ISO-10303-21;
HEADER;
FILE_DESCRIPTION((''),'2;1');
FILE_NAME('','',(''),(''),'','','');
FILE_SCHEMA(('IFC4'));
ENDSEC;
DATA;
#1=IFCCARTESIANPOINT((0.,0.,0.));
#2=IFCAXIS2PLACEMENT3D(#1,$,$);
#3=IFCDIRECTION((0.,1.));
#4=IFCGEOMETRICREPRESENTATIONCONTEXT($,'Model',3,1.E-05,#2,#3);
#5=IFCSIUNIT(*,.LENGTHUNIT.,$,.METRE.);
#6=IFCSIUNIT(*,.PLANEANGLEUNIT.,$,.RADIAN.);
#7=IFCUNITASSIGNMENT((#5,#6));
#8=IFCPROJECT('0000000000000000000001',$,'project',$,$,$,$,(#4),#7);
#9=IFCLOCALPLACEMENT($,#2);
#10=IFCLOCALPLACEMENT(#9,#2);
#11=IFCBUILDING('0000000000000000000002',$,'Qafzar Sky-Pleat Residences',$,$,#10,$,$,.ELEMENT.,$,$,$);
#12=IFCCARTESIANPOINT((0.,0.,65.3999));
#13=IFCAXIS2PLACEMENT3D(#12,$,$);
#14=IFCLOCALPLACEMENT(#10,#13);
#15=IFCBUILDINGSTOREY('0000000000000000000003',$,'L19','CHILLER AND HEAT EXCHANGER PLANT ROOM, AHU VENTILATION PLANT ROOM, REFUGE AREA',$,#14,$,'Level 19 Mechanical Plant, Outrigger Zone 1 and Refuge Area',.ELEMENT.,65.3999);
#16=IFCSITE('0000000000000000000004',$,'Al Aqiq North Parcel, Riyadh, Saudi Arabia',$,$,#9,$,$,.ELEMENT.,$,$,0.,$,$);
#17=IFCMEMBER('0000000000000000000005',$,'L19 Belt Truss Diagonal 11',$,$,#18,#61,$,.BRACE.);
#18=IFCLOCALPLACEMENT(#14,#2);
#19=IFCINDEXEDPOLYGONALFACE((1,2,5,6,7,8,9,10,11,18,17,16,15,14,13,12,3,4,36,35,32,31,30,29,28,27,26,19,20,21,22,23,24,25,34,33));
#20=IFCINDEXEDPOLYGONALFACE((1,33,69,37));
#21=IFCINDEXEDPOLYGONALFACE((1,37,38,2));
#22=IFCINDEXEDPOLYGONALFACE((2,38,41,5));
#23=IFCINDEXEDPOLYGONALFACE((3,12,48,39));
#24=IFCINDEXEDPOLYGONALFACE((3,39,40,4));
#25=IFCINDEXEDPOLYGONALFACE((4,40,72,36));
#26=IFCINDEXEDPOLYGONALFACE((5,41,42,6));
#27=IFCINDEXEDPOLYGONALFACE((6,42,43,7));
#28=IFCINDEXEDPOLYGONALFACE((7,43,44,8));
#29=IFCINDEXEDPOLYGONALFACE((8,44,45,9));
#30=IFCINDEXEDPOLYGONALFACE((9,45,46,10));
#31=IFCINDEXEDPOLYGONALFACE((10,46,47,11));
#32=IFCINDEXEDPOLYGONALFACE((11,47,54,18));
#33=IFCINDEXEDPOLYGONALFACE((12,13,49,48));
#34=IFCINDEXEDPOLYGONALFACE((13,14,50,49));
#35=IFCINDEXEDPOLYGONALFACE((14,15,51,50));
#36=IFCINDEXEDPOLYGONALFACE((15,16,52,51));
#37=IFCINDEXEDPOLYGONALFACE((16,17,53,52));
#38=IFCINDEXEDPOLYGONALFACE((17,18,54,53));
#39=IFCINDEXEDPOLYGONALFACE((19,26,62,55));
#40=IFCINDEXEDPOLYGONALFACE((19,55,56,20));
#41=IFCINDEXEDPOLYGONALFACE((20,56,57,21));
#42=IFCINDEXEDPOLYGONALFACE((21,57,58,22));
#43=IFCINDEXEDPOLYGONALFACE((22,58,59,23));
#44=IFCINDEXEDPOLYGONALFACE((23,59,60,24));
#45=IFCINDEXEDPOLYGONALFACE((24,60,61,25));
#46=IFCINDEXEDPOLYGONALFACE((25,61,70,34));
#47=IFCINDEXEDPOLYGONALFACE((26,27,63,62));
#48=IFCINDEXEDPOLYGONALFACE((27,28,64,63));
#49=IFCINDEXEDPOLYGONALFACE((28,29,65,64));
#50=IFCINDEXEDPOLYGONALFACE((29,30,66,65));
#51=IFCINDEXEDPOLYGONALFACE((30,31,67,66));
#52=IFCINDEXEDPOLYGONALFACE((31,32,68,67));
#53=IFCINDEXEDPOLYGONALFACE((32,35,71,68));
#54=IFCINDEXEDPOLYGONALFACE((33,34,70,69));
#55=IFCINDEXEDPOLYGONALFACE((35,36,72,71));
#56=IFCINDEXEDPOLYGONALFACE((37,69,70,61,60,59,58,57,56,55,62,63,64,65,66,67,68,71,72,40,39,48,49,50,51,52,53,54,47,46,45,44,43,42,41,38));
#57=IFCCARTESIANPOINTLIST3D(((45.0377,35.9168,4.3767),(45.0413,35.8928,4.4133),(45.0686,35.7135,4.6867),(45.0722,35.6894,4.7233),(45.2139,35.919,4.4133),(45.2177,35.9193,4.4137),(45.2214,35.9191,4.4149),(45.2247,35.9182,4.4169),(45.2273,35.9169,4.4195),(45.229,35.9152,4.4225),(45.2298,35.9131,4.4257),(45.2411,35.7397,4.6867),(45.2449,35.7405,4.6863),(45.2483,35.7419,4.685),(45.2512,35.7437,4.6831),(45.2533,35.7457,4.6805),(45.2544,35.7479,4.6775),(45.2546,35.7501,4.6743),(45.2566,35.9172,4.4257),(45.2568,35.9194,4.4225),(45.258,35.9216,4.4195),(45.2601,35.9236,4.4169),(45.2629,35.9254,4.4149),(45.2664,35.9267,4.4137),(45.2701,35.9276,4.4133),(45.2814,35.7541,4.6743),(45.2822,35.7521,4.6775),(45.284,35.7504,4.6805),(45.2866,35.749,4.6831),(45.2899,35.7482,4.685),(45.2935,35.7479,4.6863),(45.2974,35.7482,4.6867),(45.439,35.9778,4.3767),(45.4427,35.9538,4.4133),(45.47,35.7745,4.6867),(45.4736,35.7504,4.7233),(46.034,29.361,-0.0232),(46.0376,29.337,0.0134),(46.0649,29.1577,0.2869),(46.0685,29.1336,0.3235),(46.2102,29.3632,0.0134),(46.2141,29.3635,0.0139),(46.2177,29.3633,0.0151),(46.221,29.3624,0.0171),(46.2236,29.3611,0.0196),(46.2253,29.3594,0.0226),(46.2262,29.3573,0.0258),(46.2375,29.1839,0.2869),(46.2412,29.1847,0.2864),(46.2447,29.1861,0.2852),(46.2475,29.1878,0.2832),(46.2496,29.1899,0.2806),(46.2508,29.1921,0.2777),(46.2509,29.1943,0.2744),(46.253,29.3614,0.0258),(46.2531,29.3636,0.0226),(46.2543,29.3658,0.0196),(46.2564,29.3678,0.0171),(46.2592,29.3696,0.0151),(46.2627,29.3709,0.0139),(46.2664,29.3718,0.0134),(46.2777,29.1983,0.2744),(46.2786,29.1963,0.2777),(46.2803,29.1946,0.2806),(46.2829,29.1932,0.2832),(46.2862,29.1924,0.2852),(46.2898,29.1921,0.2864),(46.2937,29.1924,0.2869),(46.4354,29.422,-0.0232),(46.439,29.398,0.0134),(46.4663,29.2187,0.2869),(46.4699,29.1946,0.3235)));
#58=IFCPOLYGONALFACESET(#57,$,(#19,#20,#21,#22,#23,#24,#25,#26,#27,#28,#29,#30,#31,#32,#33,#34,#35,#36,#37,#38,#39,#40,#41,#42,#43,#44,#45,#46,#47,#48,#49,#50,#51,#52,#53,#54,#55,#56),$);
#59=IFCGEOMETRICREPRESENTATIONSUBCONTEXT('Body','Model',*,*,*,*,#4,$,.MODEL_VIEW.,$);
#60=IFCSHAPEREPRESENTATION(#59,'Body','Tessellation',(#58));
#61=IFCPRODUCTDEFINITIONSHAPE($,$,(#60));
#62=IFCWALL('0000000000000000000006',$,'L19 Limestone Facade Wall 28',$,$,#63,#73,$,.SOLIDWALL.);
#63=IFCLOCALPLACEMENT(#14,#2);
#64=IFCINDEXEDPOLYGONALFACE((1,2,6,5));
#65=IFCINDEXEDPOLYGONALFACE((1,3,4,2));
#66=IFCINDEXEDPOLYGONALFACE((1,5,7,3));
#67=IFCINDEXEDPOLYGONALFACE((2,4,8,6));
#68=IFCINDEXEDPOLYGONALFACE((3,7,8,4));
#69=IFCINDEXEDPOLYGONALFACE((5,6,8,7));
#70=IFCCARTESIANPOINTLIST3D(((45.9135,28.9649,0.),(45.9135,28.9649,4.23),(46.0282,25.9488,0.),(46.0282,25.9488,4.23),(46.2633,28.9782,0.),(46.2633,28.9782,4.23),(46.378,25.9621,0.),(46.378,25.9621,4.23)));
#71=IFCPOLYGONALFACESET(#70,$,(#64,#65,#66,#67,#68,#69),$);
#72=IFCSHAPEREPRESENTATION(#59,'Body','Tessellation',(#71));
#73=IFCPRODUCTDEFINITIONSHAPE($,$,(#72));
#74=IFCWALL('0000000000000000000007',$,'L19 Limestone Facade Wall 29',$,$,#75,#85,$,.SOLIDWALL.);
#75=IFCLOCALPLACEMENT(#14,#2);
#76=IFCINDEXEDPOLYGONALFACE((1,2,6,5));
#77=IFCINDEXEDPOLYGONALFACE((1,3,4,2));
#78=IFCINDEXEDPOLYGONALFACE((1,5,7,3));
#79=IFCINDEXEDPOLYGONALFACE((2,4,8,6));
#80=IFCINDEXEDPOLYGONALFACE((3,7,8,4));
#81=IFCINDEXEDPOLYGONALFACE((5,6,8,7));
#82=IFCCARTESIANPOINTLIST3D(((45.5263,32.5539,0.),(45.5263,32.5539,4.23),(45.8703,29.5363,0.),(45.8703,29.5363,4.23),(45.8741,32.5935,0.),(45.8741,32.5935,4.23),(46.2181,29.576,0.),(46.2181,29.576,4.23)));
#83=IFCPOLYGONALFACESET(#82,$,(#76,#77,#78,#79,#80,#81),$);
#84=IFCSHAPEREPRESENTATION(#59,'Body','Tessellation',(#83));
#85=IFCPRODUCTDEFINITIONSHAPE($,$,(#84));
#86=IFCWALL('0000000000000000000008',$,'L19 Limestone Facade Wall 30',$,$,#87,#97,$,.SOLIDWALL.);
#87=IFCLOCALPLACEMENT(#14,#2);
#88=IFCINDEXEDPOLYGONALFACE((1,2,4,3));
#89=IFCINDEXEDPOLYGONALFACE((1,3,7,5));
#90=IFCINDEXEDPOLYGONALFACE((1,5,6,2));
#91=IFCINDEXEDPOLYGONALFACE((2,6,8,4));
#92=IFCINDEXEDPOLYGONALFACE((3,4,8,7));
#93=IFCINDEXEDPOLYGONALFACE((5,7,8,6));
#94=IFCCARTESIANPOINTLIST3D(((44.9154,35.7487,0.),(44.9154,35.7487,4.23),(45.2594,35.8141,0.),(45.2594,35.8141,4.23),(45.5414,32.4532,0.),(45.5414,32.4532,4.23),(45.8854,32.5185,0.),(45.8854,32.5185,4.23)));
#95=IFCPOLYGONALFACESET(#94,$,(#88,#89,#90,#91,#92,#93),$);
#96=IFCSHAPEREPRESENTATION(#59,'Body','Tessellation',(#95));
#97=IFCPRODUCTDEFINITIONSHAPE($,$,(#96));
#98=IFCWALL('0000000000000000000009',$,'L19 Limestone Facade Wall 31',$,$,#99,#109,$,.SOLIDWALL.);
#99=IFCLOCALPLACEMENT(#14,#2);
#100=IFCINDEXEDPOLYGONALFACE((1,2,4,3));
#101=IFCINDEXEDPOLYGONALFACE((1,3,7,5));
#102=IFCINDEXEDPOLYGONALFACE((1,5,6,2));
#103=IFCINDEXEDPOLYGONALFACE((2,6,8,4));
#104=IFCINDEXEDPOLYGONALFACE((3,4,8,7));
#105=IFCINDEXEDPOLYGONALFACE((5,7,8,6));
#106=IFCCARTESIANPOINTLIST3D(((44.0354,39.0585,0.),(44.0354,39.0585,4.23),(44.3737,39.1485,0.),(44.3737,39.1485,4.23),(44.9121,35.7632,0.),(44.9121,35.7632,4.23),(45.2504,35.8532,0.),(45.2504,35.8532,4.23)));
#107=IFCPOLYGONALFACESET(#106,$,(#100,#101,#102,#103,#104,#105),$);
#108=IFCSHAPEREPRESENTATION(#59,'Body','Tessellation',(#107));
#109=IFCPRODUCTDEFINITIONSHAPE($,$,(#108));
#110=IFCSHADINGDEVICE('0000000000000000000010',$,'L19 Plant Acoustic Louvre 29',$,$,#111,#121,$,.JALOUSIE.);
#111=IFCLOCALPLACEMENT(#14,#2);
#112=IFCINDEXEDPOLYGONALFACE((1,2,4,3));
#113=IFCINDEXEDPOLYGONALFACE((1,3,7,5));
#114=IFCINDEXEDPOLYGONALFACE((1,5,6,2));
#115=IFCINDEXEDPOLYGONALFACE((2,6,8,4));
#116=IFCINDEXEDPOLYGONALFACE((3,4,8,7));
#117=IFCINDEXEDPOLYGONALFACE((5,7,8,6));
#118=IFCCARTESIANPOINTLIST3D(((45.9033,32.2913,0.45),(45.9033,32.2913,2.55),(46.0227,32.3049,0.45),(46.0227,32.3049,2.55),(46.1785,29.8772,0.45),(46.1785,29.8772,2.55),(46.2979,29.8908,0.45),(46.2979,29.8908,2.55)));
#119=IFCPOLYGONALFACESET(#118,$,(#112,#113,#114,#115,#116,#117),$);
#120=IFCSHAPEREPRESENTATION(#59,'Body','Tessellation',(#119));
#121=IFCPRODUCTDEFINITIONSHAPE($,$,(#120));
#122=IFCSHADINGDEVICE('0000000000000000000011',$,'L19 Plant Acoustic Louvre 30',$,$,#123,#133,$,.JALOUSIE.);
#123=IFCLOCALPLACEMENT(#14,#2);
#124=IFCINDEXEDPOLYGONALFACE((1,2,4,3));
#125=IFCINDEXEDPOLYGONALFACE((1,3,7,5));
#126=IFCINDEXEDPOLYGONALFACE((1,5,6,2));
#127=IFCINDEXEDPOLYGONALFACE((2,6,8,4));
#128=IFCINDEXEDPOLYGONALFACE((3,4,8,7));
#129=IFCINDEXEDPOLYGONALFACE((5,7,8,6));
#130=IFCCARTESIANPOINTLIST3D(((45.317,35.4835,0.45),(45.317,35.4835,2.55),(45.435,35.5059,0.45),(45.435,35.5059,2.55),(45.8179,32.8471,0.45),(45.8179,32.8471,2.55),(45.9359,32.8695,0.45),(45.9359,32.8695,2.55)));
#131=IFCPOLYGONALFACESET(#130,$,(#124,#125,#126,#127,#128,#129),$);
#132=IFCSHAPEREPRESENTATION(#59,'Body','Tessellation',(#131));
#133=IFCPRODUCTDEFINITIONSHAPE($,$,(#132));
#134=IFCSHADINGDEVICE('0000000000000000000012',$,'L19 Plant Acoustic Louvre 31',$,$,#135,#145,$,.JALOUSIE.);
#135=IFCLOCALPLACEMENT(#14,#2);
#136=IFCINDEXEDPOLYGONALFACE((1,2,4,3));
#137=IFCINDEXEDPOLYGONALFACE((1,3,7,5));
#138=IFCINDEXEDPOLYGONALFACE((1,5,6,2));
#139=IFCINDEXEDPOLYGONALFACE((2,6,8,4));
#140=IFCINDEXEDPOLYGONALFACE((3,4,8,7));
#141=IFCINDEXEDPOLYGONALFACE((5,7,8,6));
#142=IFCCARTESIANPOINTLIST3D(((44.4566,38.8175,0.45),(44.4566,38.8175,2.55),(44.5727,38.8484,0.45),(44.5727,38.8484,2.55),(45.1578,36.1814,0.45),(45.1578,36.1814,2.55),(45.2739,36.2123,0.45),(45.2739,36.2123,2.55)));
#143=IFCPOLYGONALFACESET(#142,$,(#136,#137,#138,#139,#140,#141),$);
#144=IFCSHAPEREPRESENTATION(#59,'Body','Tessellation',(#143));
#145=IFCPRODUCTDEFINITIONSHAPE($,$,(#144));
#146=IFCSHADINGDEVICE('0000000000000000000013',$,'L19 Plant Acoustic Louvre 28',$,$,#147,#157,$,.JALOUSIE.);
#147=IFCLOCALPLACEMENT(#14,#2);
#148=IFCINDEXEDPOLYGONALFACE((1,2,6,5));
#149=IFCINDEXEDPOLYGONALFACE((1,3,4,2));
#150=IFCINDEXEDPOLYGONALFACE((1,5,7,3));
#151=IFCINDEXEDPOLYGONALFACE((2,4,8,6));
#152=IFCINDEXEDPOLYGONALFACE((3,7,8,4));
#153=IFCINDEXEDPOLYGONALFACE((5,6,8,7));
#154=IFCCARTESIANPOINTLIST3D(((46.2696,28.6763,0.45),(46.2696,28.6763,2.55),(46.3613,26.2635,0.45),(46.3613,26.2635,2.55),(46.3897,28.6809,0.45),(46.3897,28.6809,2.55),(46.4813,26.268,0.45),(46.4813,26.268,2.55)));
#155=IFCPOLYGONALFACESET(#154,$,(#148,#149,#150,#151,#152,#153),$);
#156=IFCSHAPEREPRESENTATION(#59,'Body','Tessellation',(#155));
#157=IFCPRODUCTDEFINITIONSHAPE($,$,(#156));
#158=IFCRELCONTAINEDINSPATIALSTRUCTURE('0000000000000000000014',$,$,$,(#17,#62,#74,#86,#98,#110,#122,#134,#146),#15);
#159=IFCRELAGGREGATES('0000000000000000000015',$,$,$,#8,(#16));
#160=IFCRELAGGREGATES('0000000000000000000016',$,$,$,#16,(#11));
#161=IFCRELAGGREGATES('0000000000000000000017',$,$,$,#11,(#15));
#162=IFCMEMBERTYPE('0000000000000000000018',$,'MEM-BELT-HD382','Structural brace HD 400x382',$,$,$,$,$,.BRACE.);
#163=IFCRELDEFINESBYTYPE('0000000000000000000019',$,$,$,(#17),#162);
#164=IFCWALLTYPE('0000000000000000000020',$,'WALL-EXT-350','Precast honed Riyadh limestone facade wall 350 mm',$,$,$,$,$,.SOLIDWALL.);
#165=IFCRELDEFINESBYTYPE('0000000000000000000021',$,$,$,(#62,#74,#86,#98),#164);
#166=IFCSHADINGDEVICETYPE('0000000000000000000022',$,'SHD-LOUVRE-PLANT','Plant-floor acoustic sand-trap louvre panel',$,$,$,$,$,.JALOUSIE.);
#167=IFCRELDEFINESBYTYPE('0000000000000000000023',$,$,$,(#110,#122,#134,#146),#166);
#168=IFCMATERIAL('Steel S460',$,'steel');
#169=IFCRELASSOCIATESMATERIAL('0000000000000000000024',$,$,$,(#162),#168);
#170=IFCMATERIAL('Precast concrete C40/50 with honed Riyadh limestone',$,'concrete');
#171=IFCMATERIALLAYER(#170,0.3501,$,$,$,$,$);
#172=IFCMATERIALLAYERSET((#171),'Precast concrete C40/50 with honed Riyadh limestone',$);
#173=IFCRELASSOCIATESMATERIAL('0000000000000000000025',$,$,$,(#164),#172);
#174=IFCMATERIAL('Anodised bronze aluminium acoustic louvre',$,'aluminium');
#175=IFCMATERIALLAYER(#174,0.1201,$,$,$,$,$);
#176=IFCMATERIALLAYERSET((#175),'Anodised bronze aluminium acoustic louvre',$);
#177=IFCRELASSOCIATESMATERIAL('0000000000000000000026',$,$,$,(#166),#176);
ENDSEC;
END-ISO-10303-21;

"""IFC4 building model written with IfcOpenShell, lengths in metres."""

from ifc_helpers import new_model, si_unit, direction, frame, frame_2d, origin, origin_2d, place, context, subcontext, project, spatial, rectangle, i_section, extrude, source, transform, mapped, material, layer, layer_set, material_profile, profile_set, type_object, element, save


model = new_model("IFC4")

# Units and contexts
model_context = context("Model", 3, precision=1e-05, world=origin(), true_north=direction((0.0, 1.0)))
body_context = subcontext(model_context, "Body", "Model", "MODEL_VIEW")
ifc_project = project(units=[si_unit("LENGTHUNIT", "METRE"), si_unit("PLANEANGLEUNIT", "RADIAN")], contexts=[model_context])

# Site, building, storey
site_placement = place(None, origin())
site = spatial("IfcSite", under=ifc_project, at=site_placement, Name="Al Aqiq North Parcel, Riyadh, Saudi Arabia", CompositionType="ELEMENT", RefElevation=0.0)
building_placement = place(site_placement, origin())
building = spatial("IfcBuilding", under=site, at=building_placement, Name="Qafzar Sky-Pleat Residences", CompositionType="ELEMENT")
storey_placement = place(building_placement, frame((0.0, 0.0, 65.3999)))
storey = spatial("IfcBuildingStorey", under=building, at=storey_placement, Name="L19", Description="CHILLER AND HEAT EXCHANGER PLANT ROOM, AHU VENTILATION PLANT ROOM, REFUGE AREA", LongName="Level 19 Mechanical Plant, Outrigger Zone 1 and Refuge Area", CompositionType="ELEMENT", Elevation=65.3999)

# Shared definitions
ifc_material_1 = material(Name="Steel S460", Category="steel")

# Member
ifc_material_profile_1 = material_profile(ifc_material_1, i_section(OverallWidth=0.406, OverallDepth=0.416, WebThickness=0.0271, FlangeThickness=0.0439, FilletRadius=0.0149, at=origin_2d()), Name="HD 400x382")
ifc_profile_set_1 = profile_set([ifc_material_profile_1], Name="Steel S460")
member_type = type_object("IfcMemberType", Name="MEM-BELT-HD382", Description="Structural brace HD 400x382", PredefinedType="BRACE", material=ifc_profile_set_1)
shared_shape_1 = source(origin(), body_context, "Body", "SweptSolid", [
    extrude(i_section(OverallWidth=0.406, OverallDepth=0.416, WebThickness=0.0271, FlangeThickness=0.0439, FilletRadius=0.0149, at=origin_2d()), origin(), (0.0, 0.0, 1.0), 7.958),
])
member_1_placement = place(storey_placement, frame((46.252, 29.2778, 0.1501), z_axis=(-0.125198, 0.823801, 0.552882), x_axis=(-0.988648, -0.15025, 0.0)))
element("IfcMember", 1, at=member_1_placement, inside=storey, type_object=member_type, Name="L19 Belt Truss Diagonal 11", PredefinedType="BRACE", context=body_context, shape_type="MappedRepresentation", body=[
    mapped(shared_shape_1, transform((0.0, 0.0, 0.0), x_axis=(1.0, 0.0, 0.0), y_axis=(0.0, 1.0, 0.0), z_axis=(0.0, 0.0, 1.0), scale=1.0)),
])

# Walls
ifc_material_2 = material(Name="Precast concrete C40/50 with honed Riyadh limestone", Category="concrete")
ifc_layer_1 = layer(ifc_material_2, 0.3501)
ifc_layer_set_1 = layer_set([ifc_layer_1], Name="Precast concrete C40/50 with honed Riyadh limestone")
wall_type = type_object("IfcWallType", Name="WALL-EXT-350", Description="Precast honed Riyadh limestone facade wall 350 mm", PredefinedType="SOLIDWALL", material=ifc_layer_set_1)
wall_1_placement = place(storey_placement, frame((46.2031, 25.9553, 0.0), z_axis=(0.0, 0.0, 1.0), x_axis=(-0.038017, 0.999277, 0.0)))
element("IfcWall", 2, at=wall_1_placement, inside=storey, type_object=wall_type, Name="L19 Limestone Facade Wall 28", PredefinedType="SOLIDWALL", context=body_context, shape_type="SweptSolid", body=[
    extrude(rectangle(XDim=3.0183, YDim=0.3501, at=frame_2d((1.5093, 0.0))), origin(), (0.0, 0.0, 1.0), 4.23),
])
wall_2_placement = place(storey_placement, frame((46.0442, 29.5562, 0.0), z_axis=(0.0, 0.0, 1.0), x_axis=(-0.113263, 0.993565, 0.0)))
element("IfcWall", 3, at=wall_2_placement, inside=storey, type_object=wall_type, Name="L19 Limestone Facade Wall 29", PredefinedType="SOLIDWALL", context=body_context, shape_type="SweptSolid", body=[
    extrude(rectangle(XDim=3.0371, YDim=0.3501, at=frame_2d((1.5186, 0.0))), origin(), (0.0, 0.0, 1.0), 4.23),
])
wall_3_placement = place(storey_placement, frame((45.7134, 32.4858, 0.0), z_axis=(0.0, 0.0, 1.0), x_axis=(-0.186604, 0.982435, 0.0)))
element("IfcWall", 4, at=wall_3_placement, inside=storey, type_object=wall_type, Name="L19 Limestone Facade Wall 30", PredefinedType="SOLIDWALL", context=body_context, shape_type="SweptSolid", body=[
    extrude(rectangle(XDim=3.3545, YDim=0.3501, at=frame_2d((1.6772, 0.0))), origin(), (0.0, 0.0, 1.0), 4.23),
])
wall_4_placement = place(storey_placement, frame((45.0813, 35.8081, 0.0), z_axis=(0.0, 0.0, 1.0), x_axis=(-0.257114, 0.966381, 0.0)))
element("IfcWall", 5, at=wall_4_placement, inside=storey, type_object=wall_type, Name="L19 Limestone Facade Wall 31", PredefinedType="SOLIDWALL", context=body_context, shape_type="SweptSolid", body=[
    extrude(rectangle(XDim=3.4099, YDim=0.3501, at=frame_2d((1.7051, 0.0))), origin(), (0.0, 0.0, 1.0), 4.23),
])

# Shading devices
ifc_material_3 = material(Name="Anodised bronze aluminium acoustic louvre", Category="aluminium")
ifc_layer_2 = layer(ifc_material_3, 0.1201)
ifc_layer_set_2 = layer_set([ifc_layer_2], Name="Anodised bronze aluminium acoustic louvre")
shading_device_type = type_object("IfcShadingDeviceType", Name="SHD-LOUVRE-PLANT", Description="Plant-floor acoustic sand-trap louvre panel", PredefinedType="JALOUSIE", material=ifc_layer_set_2)
shared_shape_2 = source(origin(), body_context, "Body", "SweptSolid", [
    extrude(rectangle(XDim=2.4297, YDim=0.1201, at=origin_2d()), origin(), (0.0, 0.0, 1.0), 2.1001),
])
shading_device_1_placement = place(storey_placement, frame((46.1006, 31.0911, 0.45), z_axis=(0.0, 0.0, 1.0), x_axis=(-0.113264, 0.993565, 0.0)))
element("IfcShadingDevice", 6, at=shading_device_1_placement, inside=storey, type_object=shading_device_type, Name="L19 Plant Acoustic Louvre 29", PredefinedType="JALOUSIE", context=body_context, shape_type="MappedRepresentation", body=[
    mapped(shared_shape_2, transform((0.0, 0.0, 0.0), x_axis=(1.0, 0.0, 0.0), y_axis=(0.0, 1.0, 0.0), z_axis=(0.0, 0.0, 1.0), scale=1.0)),
])
shared_shape_3 = source(origin(), body_context, "Body", "SweptSolid", [
    extrude(rectangle(XDim=2.6836, YDim=0.1201, at=origin_2d()), origin(), (0.0, 0.0, 1.0), 2.1001),
])
shading_device_2_placement = place(storey_placement, frame((45.6265, 34.1765, 0.45), z_axis=(0.0, 0.0, 1.0), x_axis=(-0.186671, 0.982422, 0.0)))
element("IfcShadingDevice", 7, at=shading_device_2_placement, inside=storey, type_object=shading_device_type, Name="L19 Plant Acoustic Louvre 30", PredefinedType="JALOUSIE", context=body_context, shape_type="MappedRepresentation", body=[
    mapped(shared_shape_3, transform((0.0, 0.0, 0.0), x_axis=(1.0, 0.0, 0.0), y_axis=(0.0, 1.0, 0.0), z_axis=(0.0, 0.0, 1.0), scale=1.0)),
])
shared_shape_4 = source(origin(), body_context, "Body", "SweptSolid", [
    extrude(rectangle(XDim=2.7278, YDim=0.1201, at=origin_2d()), origin(), (0.0, 0.0, 1.0), 2.1001),
])
shading_device_3_placement = place(storey_placement, frame((44.8652, 37.5149, 0.45), z_axis=(0.0, 0.0, 1.0), x_axis=(-0.257075, 0.966391, 0.0)))
element("IfcShadingDevice", 8, at=shading_device_3_placement, inside=storey, type_object=shading_device_type, Name="L19 Plant Acoustic Louvre 31", PredefinedType="JALOUSIE", context=body_context, shape_type="MappedRepresentation", body=[
    mapped(shared_shape_4, transform((0.0, 0.0, 0.0), x_axis=(1.0, 0.0, 0.0), y_axis=(0.0, 1.0, 0.0), z_axis=(0.0, 0.0, 1.0), scale=1.0)),
])
shared_shape_5 = source(origin(), body_context, "Body", "SweptSolid", [
    extrude(rectangle(XDim=2.4146, YDim=0.1201, at=origin_2d()), origin(), (0.0, 0.0, 1.0), 2.1001),
])
shading_device_4_placement = place(storey_placement, frame((46.3755, 27.4722, 0.45), z_axis=(0.0, 0.0, 1.0), x_axis=(-0.037969, 0.999279, 0.0)))
element("IfcShadingDevice", 9, at=shading_device_4_placement, inside=storey, type_object=shading_device_type, Name="L19 Plant Acoustic Louvre 28", PredefinedType="JALOUSIE", context=body_context, shape_type="MappedRepresentation", body=[
    mapped(shared_shape_5, transform((0.0, 0.0, 0.0), x_axis=(1.0, 0.0, 0.0), y_axis=(0.0, 1.0, 0.0), z_axis=(0.0, 0.0, 1.0), scale=1.0)),
])

save(model, "model.ifc")
